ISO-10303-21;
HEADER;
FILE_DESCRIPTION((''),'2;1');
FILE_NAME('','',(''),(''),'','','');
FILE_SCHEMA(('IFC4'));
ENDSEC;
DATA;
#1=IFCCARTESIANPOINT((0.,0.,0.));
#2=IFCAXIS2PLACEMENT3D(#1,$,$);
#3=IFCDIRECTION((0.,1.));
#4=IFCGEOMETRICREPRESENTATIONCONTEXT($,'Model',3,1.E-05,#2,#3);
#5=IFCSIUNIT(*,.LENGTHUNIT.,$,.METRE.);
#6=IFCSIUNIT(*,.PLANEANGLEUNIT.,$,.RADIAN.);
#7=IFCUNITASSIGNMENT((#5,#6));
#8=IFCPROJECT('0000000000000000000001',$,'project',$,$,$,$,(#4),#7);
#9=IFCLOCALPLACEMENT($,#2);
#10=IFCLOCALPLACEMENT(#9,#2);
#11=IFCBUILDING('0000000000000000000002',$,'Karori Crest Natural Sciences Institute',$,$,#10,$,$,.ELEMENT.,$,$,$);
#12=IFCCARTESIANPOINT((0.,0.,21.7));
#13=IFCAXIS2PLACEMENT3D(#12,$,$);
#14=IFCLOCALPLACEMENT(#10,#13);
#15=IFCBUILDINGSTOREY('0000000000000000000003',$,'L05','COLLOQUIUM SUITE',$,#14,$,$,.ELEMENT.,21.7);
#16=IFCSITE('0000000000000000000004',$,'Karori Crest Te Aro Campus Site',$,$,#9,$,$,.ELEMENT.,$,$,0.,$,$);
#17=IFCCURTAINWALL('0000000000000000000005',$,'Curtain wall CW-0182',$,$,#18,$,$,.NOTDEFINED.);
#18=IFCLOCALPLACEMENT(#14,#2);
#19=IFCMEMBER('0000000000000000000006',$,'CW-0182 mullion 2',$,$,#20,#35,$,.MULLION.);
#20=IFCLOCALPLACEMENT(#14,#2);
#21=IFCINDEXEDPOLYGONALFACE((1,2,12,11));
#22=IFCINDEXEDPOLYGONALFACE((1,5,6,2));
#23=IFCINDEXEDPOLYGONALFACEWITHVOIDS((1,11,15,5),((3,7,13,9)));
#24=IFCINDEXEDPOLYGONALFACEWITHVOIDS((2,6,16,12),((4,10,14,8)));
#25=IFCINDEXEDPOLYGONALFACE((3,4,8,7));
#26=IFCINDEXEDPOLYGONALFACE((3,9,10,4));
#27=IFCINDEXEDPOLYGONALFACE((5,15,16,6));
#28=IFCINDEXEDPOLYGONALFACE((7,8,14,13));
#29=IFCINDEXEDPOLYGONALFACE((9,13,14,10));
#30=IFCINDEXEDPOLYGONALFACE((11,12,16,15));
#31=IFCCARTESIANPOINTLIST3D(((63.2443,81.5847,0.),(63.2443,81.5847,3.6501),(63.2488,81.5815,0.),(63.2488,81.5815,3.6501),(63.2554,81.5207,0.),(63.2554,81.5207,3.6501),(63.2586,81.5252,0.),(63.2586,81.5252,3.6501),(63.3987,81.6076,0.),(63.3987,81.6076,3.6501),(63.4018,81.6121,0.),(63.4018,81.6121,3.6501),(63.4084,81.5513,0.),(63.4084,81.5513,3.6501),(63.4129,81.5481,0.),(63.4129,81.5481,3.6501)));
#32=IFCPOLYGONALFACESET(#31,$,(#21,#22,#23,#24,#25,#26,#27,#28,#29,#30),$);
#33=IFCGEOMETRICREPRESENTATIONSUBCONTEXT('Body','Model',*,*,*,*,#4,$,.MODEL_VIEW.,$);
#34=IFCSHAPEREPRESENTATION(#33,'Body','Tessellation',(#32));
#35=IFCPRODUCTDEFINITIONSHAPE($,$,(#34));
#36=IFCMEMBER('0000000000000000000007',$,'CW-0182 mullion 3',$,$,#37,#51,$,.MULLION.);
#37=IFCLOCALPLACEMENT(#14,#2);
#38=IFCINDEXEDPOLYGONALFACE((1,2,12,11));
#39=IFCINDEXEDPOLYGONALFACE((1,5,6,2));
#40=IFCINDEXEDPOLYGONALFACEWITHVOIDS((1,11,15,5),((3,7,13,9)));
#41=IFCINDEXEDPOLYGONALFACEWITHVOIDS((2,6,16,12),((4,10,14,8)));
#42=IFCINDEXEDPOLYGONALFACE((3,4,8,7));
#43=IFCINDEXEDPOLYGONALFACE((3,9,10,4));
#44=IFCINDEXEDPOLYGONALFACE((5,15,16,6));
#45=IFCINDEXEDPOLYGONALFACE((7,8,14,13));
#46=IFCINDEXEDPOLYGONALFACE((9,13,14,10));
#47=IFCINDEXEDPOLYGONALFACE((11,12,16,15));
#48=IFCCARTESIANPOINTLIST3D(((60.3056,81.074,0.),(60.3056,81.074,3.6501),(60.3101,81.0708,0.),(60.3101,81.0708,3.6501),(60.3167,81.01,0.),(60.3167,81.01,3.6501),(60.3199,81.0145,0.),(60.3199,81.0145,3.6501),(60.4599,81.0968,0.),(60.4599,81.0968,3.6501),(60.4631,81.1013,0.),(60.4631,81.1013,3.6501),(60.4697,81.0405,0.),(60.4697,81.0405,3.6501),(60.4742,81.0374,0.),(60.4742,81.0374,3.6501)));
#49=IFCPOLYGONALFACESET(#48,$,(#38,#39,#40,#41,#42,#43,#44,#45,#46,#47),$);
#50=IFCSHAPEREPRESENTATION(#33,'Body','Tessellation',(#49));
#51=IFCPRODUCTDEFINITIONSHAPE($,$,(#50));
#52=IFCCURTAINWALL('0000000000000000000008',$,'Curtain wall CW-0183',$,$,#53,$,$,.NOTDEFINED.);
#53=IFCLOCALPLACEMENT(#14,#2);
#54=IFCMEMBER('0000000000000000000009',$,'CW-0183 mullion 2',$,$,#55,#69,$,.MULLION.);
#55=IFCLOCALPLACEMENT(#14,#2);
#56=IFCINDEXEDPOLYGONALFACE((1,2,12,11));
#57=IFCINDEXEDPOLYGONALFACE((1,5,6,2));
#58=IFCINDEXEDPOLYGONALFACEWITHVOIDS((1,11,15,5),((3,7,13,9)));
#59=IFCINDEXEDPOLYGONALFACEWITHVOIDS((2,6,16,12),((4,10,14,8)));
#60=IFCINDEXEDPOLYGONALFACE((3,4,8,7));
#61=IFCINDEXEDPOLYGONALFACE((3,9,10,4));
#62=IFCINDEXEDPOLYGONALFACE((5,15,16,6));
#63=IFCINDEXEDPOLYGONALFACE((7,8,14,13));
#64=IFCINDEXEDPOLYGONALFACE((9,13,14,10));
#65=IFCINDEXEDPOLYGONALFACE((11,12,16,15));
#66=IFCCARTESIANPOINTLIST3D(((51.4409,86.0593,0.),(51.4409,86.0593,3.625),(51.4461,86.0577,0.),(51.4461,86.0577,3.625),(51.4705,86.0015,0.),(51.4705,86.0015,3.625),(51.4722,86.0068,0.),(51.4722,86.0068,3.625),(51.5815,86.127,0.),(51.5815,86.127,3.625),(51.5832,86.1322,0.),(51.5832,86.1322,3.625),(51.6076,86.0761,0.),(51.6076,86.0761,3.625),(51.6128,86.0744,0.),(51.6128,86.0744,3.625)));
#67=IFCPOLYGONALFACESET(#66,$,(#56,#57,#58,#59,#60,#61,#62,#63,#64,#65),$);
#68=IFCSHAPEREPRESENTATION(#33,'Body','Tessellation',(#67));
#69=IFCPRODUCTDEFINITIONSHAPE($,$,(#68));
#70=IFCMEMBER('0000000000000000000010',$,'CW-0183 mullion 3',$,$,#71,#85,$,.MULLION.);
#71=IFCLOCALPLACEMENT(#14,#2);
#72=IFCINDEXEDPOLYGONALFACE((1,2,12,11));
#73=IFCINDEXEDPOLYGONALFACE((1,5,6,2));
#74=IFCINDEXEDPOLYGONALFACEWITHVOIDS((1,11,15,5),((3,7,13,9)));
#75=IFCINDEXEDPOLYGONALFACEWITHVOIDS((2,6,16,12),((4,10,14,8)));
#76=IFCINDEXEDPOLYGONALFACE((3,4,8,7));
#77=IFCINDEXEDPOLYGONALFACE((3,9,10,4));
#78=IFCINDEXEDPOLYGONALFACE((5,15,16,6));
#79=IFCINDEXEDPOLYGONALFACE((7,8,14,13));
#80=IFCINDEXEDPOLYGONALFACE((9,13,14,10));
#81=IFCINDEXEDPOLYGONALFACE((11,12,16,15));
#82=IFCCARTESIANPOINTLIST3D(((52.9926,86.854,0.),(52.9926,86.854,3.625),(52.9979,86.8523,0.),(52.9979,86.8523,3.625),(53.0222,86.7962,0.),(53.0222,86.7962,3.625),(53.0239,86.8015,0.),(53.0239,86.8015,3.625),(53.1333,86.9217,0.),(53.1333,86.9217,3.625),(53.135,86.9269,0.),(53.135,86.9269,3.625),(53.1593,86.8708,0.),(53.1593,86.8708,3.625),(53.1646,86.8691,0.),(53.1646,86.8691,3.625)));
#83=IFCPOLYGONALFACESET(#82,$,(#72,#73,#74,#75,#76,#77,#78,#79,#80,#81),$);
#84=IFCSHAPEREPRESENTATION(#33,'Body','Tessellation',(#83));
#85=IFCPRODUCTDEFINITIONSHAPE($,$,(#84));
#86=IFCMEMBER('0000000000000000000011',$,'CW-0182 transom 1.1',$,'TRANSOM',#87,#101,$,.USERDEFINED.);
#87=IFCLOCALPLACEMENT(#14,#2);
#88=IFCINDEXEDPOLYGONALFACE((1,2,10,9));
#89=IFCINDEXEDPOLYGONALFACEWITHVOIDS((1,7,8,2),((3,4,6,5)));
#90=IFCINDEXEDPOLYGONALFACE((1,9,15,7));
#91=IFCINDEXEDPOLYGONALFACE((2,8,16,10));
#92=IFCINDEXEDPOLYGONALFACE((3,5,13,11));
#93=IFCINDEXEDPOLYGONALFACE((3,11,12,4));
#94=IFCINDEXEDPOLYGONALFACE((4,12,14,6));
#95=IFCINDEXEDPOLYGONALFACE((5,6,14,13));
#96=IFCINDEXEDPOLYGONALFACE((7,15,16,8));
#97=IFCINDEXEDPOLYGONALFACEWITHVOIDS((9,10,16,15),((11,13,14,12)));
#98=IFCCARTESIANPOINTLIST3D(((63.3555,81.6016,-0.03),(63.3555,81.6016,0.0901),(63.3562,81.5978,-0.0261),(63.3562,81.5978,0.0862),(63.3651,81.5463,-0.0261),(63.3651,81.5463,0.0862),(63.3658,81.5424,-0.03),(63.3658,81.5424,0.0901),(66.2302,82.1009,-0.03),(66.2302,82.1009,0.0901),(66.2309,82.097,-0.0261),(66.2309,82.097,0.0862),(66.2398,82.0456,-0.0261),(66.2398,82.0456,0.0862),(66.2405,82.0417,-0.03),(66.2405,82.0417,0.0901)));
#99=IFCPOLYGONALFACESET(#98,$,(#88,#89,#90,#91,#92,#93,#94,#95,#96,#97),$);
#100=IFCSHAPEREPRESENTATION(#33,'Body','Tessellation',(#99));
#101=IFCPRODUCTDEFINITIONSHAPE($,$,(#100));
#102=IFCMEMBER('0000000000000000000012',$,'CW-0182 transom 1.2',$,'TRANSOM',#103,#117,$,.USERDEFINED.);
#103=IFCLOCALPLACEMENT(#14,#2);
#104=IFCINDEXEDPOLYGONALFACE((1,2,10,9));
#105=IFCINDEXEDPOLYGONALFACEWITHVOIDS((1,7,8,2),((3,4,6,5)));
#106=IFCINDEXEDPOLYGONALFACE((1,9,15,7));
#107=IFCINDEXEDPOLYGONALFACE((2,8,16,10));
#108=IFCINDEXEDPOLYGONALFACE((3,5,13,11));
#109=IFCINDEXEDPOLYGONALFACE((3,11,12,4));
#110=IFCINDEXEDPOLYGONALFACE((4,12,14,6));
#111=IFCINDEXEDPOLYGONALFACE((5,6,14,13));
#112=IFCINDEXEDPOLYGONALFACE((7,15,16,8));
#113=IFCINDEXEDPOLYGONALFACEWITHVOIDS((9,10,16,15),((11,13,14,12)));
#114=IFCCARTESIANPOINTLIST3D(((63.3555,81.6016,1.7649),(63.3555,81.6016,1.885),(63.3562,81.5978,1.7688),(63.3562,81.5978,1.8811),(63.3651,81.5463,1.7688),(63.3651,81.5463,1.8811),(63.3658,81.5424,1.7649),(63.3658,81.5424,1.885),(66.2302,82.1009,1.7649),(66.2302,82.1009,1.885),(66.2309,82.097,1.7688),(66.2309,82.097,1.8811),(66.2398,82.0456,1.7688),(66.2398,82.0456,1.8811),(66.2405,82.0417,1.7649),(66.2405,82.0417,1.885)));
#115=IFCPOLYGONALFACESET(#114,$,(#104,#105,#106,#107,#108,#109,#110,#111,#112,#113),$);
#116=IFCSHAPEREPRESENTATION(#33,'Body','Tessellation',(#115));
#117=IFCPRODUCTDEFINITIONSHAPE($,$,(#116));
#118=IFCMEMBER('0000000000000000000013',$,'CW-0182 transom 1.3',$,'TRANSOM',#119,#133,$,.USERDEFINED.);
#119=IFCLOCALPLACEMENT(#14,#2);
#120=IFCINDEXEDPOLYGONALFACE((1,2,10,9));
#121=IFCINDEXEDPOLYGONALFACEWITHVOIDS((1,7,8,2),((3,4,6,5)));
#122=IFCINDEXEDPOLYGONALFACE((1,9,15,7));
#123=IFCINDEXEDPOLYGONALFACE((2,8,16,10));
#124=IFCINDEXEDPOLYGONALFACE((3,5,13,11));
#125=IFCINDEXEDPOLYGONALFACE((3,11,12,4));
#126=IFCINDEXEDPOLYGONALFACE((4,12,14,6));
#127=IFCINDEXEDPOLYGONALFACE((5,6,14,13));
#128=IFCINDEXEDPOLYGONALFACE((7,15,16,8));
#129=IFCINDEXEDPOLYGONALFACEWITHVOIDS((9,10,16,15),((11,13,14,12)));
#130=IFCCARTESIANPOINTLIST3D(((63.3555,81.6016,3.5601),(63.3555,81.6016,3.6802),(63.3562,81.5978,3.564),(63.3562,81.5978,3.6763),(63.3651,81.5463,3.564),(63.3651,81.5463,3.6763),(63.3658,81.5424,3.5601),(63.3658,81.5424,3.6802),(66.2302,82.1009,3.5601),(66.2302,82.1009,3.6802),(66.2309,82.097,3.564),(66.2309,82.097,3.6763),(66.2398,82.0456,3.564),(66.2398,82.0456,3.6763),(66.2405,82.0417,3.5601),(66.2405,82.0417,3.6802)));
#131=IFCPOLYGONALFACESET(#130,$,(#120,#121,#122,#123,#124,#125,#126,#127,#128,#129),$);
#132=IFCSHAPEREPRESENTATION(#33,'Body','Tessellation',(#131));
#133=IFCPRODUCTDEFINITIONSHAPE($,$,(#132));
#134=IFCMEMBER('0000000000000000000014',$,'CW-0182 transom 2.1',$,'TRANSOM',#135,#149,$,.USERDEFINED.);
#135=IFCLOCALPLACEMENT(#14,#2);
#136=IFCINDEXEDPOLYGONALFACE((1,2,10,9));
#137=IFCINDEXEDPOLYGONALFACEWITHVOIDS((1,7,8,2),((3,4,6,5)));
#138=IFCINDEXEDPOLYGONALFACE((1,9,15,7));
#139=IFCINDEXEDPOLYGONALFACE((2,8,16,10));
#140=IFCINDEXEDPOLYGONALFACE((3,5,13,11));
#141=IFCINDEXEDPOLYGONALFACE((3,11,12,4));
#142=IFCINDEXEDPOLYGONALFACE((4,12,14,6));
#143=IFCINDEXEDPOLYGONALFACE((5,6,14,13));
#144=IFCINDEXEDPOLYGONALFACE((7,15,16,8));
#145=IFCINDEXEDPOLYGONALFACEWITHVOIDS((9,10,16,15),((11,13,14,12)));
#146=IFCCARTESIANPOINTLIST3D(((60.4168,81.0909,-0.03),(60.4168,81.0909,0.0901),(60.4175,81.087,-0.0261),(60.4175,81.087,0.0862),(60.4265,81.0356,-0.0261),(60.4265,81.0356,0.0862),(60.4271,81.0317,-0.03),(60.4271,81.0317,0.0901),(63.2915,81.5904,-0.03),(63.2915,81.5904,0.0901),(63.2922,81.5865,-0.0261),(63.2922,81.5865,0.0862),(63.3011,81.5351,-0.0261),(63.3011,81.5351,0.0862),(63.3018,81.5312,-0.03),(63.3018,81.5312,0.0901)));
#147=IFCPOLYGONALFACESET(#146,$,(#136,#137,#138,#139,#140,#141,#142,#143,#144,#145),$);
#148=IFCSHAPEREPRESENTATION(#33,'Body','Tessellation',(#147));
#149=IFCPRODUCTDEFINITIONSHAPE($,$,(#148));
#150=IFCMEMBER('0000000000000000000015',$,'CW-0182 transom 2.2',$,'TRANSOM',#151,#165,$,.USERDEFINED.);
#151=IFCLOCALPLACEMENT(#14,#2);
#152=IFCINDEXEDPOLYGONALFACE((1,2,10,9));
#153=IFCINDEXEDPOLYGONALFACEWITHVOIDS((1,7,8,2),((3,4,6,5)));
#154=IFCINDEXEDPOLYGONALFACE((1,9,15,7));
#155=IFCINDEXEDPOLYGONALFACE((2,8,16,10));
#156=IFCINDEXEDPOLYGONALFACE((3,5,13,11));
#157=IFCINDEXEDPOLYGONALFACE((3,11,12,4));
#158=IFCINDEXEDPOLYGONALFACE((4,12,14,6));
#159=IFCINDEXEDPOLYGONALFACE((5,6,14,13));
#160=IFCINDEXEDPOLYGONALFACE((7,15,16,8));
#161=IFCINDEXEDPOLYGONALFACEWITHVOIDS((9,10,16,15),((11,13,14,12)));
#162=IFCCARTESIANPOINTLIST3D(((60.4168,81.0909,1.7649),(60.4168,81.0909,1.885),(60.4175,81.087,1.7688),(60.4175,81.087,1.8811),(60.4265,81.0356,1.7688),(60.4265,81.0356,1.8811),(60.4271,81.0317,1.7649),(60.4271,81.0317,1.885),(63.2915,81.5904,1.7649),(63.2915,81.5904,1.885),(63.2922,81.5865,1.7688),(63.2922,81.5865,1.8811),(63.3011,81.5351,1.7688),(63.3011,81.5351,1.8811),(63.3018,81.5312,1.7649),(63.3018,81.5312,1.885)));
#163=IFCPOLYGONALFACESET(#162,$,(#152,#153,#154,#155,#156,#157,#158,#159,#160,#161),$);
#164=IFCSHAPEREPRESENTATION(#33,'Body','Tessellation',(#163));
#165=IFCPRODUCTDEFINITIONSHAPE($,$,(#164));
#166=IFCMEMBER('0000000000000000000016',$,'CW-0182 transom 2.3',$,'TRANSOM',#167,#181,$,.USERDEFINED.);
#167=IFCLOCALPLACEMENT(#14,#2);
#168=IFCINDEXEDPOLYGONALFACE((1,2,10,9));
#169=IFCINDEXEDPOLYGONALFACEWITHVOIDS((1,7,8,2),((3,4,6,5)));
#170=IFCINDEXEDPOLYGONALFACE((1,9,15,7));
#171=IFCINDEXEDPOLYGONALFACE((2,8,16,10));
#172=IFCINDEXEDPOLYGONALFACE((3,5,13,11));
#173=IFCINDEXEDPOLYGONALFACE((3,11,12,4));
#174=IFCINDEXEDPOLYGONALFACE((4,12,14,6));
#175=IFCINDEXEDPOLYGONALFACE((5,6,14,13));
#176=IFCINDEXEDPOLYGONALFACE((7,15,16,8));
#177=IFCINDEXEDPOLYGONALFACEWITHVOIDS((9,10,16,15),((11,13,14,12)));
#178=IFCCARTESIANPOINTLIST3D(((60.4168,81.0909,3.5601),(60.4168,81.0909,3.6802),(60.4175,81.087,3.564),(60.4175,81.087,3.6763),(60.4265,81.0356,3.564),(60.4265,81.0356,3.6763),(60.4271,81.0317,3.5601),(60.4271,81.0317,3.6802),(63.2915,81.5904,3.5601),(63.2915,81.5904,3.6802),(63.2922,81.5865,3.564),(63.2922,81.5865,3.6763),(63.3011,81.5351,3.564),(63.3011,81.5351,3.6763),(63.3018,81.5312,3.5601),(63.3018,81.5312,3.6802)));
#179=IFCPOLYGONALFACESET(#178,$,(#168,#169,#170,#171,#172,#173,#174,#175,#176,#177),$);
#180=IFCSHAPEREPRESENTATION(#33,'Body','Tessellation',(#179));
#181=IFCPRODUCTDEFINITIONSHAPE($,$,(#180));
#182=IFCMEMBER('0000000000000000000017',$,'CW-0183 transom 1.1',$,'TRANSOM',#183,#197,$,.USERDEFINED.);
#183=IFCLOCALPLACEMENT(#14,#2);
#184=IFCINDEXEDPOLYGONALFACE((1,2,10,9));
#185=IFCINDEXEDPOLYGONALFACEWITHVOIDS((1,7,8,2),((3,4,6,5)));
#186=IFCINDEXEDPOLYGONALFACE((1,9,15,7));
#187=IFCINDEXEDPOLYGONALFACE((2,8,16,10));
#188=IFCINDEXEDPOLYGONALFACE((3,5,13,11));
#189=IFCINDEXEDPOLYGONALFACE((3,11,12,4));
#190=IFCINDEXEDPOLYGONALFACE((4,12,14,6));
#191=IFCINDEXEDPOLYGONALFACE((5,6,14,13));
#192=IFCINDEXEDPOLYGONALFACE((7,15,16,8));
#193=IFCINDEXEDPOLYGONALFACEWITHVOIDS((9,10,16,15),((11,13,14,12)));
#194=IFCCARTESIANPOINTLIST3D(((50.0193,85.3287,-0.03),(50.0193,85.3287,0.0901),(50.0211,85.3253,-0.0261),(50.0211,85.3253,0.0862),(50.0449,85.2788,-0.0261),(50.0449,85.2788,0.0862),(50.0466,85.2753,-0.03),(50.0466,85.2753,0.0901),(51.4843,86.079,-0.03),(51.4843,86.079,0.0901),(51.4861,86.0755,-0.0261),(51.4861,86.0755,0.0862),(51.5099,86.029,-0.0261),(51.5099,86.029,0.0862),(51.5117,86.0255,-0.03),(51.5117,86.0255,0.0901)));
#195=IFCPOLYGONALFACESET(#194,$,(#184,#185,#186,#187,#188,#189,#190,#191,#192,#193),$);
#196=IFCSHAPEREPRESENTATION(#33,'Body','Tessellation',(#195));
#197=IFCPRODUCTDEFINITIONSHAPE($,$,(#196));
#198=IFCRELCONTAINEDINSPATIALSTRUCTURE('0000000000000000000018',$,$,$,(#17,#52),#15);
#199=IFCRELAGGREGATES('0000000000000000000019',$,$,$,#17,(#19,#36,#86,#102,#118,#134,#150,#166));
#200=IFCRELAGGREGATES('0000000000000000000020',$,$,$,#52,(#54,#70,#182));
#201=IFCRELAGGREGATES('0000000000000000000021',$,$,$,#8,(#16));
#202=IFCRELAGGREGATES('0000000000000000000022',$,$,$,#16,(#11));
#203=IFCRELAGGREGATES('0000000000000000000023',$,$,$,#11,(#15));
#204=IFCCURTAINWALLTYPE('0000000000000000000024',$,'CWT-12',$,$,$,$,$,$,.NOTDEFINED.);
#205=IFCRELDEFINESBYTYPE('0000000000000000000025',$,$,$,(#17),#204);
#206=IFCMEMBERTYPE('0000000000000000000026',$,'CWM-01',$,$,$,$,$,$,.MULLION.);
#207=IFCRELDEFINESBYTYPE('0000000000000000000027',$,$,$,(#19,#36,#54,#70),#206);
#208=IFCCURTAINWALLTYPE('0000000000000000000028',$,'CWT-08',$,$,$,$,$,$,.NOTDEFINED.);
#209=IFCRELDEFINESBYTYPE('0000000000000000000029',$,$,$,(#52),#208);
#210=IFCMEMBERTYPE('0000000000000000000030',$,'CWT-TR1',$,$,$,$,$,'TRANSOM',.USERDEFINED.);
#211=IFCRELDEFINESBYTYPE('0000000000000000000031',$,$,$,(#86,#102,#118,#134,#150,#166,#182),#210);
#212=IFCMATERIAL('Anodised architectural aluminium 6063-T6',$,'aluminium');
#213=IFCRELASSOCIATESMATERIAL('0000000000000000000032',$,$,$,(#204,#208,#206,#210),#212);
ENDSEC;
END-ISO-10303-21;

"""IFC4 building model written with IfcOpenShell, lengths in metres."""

from ifc_helpers import new_model, si_unit, direction, frame, origin, origin_2d, place, context, subcontext, project, spatial, hollow_rectangle, extrude, material, material_profile, profile_set, type_object, element, aggregate, save


model = new_model("IFC4")

# Units and contexts
model_context = context("Model", 3, precision=1e-05, world=origin(), true_north=direction((0.0, 1.0)))
body_context = subcontext(model_context, "Body", "Model", "MODEL_VIEW")
ifc_project = project(units=[si_unit("LENGTHUNIT", "METRE"), si_unit("PLANEANGLEUNIT", "RADIAN")], contexts=[model_context])

# Site, building, storey
site_placement = place(None, origin())
site = spatial("IfcSite", under=ifc_project, at=site_placement, Name="Karori Crest Te Aro Campus Site", CompositionType="ELEMENT", RefElevation=0.0)
building_placement = place(site_placement, origin())
building = spatial("IfcBuilding", under=site, at=building_placement, Name="Karori Crest Natural Sciences Institute", CompositionType="ELEMENT")
storey_placement = place(building_placement, frame((0.0, 0.0, 21.7)))
storey = spatial("IfcBuildingStorey", under=building, at=storey_placement, Name="L05", Description="COLLOQUIUM SUITE", CompositionType="ELEMENT", Elevation=21.7)

# Curtain walls, members
ifc_material_1 = material(Name="Anodised architectural aluminium 6063-T6", Category="aluminium")
curtain_wall_type_1 = type_object("IfcCurtainWallType", Name="CWT-12", PredefinedType="NOTDEFINED", material=ifc_material_1)
curtain_wall_1_placement = place(storey_placement, origin())
curtain_wall_1 = element("IfcCurtainWall", 1, at=curtain_wall_1_placement, inside=storey, type_object=curtain_wall_type_1, Name="Curtain wall CW-0182", PredefinedType="NOTDEFINED")
ifc_material_profile_1 = material_profile(ifc_material_1, hollow_rectangle(XDim=0.0649, YDim=0.1599, WallThickness=0.0039, at=origin_2d()), Name="CWM160x65x4")
ifc_profile_set_1 = profile_set([ifc_material_profile_1], Name="Anodised architectural aluminium 6063-T6")
member_type_1 = type_object("IfcMemberType", Name="CWM-01", PredefinedType="MULLION", material=ifc_profile_set_1)
member_1_placement = place(storey_placement, frame((63.3286, 81.5664, 0.0), z_axis=(0.0, 0.0, 1.0), x_axis=(0.171174, -0.985241, 0.0)))
member_1 = element("IfcMember", 2, at=member_1_placement, type_object=member_type_1, Name="CW-0182 mullion 2", PredefinedType="MULLION", context=body_context, shape_type="SweptSolid", body=[
    extrude(hollow_rectangle(XDim=0.0649, YDim=0.1599, WallThickness=0.0039, at=origin_2d()), origin(), (0.0, 0.0, 1.0), 3.6501),
])
member_2_placement = place(storey_placement, frame((60.3899, 81.0557, 0.0), z_axis=(0.0, 0.0, 1.0), x_axis=(0.171174, -0.985241, 0.0)))
member_2 = element("IfcMember", 3, at=member_2_placement, type_object=member_type_1, Name="CW-0182 mullion 3", PredefinedType="MULLION", context=body_context, shape_type="SweptSolid", body=[
    extrude(hollow_rectangle(XDim=0.0649, YDim=0.1599, WallThickness=0.0039, at=origin_2d()), origin(), (0.0, 0.0, 1.0), 3.6501),
])
curtain_wall_type_2 = type_object("IfcCurtainWallType", Name="CWT-08", PredefinedType="NOTDEFINED", material=ifc_material_1)
curtain_wall_2_placement = place(storey_placement, origin())
curtain_wall_2 = element("IfcCurtainWall", 4, at=curtain_wall_2_placement, inside=storey, type_object=curtain_wall_type_2, Name="Curtain wall CW-0183", PredefinedType="NOTDEFINED")
member_3_placement = place(storey_placement, frame((51.5269, 86.0669, 0.0), z_axis=(0.0, 0.0, 1.0), x_axis=(-0.455829, 0.890067, 0.0)))
member_3 = element("IfcMember", 5, at=member_3_placement, type_object=member_type_1, Name="CW-0183 mullion 2", PredefinedType="MULLION", context=body_context, shape_type="SweptSolid", body=[
    extrude(hollow_rectangle(XDim=0.0649, YDim=0.1599, WallThickness=0.0039, at=origin_2d()), origin(), (0.0, 0.0, 1.0), 3.625),
])
member_4_placement = place(storey_placement, frame((53.0786, 86.8616, 0.0), z_axis=(0.0, 0.0, 1.0), x_axis=(-0.455829, 0.890067, 0.0)))
member_4 = element("IfcMember", 6, at=member_4_placement, type_object=member_type_1, Name="CW-0183 mullion 3", PredefinedType="MULLION", context=body_context, shape_type="SweptSolid", body=[
    extrude(hollow_rectangle(XDim=0.0649, YDim=0.1599, WallThickness=0.0039, at=origin_2d()), origin(), (0.0, 0.0, 1.0), 3.625),
])

# Members
ifc_material_profile_2 = material_profile(ifc_material_1, hollow_rectangle(XDim=0.0601, YDim=0.1201, WallThickness=0.0039, at=origin_2d()), Name="CWT120x60x4")
ifc_profile_set_2 = profile_set([ifc_material_profile_2], Name="Anodised architectural aluminium 6063-T6")
member_type_2 = type_object("IfcMemberType", Name="CWT-TR1", ElementType="TRANSOM", PredefinedType="USERDEFINED", material=ifc_profile_set_2)
member_5_placement = place(storey_placement, frame((66.2354, 82.0713, 0.03), z_axis=(-0.985252, -0.171112, 0.0), x_axis=(0.171112, -0.985252, 0.0)))
member_5 = element("IfcMember", 7, at=member_5_placement, type_object=member_type_2, Name="CW-0182 transom 1.1", ObjectType="TRANSOM", PredefinedType="USERDEFINED", context=body_context, shape_type="SweptSolid", body=[
    extrude(hollow_rectangle(XDim=0.0601, YDim=0.1201, WallThickness=0.0039, at=origin_2d()), origin(), (0.0, 0.0, 1.0), 2.9177),
])
member_6_placement = place(storey_placement, frame((66.2354, 82.0713, 1.825), z_axis=(-0.985252, -0.171112, 0.0), x_axis=(0.171112, -0.985252, 0.0)))
member_6 = element("IfcMember", 8, at=member_6_placement, type_object=member_type_2, Name="CW-0182 transom 1.2", ObjectType="TRANSOM", PredefinedType="USERDEFINED", context=body_context, shape_type="SweptSolid", body=[
    extrude(hollow_rectangle(XDim=0.0601, YDim=0.1201, WallThickness=0.0039, at=origin_2d()), origin(), (0.0, 0.0, 1.0), 2.9177),
])
member_7_placement = place(storey_placement, frame((66.2354, 82.0713, 3.6201), z_axis=(-0.985252, -0.171112, 0.0), x_axis=(0.171112, -0.985252, 0.0)))
member_7 = element("IfcMember", 9, at=member_7_placement, type_object=member_type_2, Name="CW-0182 transom 1.3", ObjectType="TRANSOM", PredefinedType="USERDEFINED", context=body_context, shape_type="SweptSolid", body=[
    extrude(hollow_rectangle(XDim=0.0601, YDim=0.1201, WallThickness=0.0039, at=origin_2d()), origin(), (0.0, 0.0, 1.0), 2.9177),
])
member_8_placement = place(storey_placement, frame((63.2966, 81.5608, 0.03), z_axis=(-0.985238, -0.171193, 0.0), x_axis=(0.171193, -0.985238, 0.0)))
member_8 = element("IfcMember", 10, at=member_8_placement, type_object=member_type_2, Name="CW-0182 transom 2.1", ObjectType="TRANSOM", PredefinedType="USERDEFINED", context=body_context, shape_type="SweptSolid", body=[
    extrude(hollow_rectangle(XDim=0.0601, YDim=0.1201, WallThickness=0.0039, at=origin_2d()), origin(), (0.0, 0.0, 1.0), 2.9177),
])
member_9_placement = place(storey_placement, frame((63.2966, 81.5608, 1.825), z_axis=(-0.985238, -0.171193, 0.0), x_axis=(0.171193, -0.985238, 0.0)))
member_9 = element("IfcMember", 11, at=member_9_placement, type_object=member_type_2, Name="CW-0182 transom 2.2", ObjectType="TRANSOM", PredefinedType="USERDEFINED", context=body_context, shape_type="SweptSolid", body=[
    extrude(hollow_rectangle(XDim=0.0601, YDim=0.1201, WallThickness=0.0039, at=origin_2d()), origin(), (0.0, 0.0, 1.0), 2.9177),
])
member_10_placement = place(storey_placement, frame((63.2966, 81.5608, 3.6201), z_axis=(-0.985238, -0.171193, 0.0), x_axis=(0.171193, -0.985238, 0.0)))
member_10 = element("IfcMember", 12, at=member_10_placement, type_object=member_type_2, Name="CW-0182 transom 2.3", ObjectType="TRANSOM", PredefinedType="USERDEFINED", context=body_context, shape_type="SweptSolid", body=[
    extrude(hollow_rectangle(XDim=0.0601, YDim=0.1201, WallThickness=0.0039, at=origin_2d()), origin(), (0.0, 0.0, 1.0), 2.9177),
])
member_11_placement = place(storey_placement, frame((50.033, 85.302, 0.03), z_axis=(0.890084, 0.455796, 0.0), x_axis=(-0.455796, 0.890084, 0.0)))
member_11 = element("IfcMember", 13, at=member_11_placement, type_object=member_type_2, Name="CW-0183 transom 1.1", ObjectType="TRANSOM", PredefinedType="USERDEFINED", context=body_context, shape_type="SweptSolid", body=[
    extrude(hollow_rectangle(XDim=0.0601, YDim=0.1201, WallThickness=0.0039, at=origin_2d()), origin(), (0.0, 0.0, 1.0), 1.646),
])

aggregate(curtain_wall_1, [member_1, member_2, member_5, member_6, member_7, member_8, member_9, member_10])
aggregate(curtain_wall_2, [member_3, member_4, member_11])

save(model, "model.ifc")
